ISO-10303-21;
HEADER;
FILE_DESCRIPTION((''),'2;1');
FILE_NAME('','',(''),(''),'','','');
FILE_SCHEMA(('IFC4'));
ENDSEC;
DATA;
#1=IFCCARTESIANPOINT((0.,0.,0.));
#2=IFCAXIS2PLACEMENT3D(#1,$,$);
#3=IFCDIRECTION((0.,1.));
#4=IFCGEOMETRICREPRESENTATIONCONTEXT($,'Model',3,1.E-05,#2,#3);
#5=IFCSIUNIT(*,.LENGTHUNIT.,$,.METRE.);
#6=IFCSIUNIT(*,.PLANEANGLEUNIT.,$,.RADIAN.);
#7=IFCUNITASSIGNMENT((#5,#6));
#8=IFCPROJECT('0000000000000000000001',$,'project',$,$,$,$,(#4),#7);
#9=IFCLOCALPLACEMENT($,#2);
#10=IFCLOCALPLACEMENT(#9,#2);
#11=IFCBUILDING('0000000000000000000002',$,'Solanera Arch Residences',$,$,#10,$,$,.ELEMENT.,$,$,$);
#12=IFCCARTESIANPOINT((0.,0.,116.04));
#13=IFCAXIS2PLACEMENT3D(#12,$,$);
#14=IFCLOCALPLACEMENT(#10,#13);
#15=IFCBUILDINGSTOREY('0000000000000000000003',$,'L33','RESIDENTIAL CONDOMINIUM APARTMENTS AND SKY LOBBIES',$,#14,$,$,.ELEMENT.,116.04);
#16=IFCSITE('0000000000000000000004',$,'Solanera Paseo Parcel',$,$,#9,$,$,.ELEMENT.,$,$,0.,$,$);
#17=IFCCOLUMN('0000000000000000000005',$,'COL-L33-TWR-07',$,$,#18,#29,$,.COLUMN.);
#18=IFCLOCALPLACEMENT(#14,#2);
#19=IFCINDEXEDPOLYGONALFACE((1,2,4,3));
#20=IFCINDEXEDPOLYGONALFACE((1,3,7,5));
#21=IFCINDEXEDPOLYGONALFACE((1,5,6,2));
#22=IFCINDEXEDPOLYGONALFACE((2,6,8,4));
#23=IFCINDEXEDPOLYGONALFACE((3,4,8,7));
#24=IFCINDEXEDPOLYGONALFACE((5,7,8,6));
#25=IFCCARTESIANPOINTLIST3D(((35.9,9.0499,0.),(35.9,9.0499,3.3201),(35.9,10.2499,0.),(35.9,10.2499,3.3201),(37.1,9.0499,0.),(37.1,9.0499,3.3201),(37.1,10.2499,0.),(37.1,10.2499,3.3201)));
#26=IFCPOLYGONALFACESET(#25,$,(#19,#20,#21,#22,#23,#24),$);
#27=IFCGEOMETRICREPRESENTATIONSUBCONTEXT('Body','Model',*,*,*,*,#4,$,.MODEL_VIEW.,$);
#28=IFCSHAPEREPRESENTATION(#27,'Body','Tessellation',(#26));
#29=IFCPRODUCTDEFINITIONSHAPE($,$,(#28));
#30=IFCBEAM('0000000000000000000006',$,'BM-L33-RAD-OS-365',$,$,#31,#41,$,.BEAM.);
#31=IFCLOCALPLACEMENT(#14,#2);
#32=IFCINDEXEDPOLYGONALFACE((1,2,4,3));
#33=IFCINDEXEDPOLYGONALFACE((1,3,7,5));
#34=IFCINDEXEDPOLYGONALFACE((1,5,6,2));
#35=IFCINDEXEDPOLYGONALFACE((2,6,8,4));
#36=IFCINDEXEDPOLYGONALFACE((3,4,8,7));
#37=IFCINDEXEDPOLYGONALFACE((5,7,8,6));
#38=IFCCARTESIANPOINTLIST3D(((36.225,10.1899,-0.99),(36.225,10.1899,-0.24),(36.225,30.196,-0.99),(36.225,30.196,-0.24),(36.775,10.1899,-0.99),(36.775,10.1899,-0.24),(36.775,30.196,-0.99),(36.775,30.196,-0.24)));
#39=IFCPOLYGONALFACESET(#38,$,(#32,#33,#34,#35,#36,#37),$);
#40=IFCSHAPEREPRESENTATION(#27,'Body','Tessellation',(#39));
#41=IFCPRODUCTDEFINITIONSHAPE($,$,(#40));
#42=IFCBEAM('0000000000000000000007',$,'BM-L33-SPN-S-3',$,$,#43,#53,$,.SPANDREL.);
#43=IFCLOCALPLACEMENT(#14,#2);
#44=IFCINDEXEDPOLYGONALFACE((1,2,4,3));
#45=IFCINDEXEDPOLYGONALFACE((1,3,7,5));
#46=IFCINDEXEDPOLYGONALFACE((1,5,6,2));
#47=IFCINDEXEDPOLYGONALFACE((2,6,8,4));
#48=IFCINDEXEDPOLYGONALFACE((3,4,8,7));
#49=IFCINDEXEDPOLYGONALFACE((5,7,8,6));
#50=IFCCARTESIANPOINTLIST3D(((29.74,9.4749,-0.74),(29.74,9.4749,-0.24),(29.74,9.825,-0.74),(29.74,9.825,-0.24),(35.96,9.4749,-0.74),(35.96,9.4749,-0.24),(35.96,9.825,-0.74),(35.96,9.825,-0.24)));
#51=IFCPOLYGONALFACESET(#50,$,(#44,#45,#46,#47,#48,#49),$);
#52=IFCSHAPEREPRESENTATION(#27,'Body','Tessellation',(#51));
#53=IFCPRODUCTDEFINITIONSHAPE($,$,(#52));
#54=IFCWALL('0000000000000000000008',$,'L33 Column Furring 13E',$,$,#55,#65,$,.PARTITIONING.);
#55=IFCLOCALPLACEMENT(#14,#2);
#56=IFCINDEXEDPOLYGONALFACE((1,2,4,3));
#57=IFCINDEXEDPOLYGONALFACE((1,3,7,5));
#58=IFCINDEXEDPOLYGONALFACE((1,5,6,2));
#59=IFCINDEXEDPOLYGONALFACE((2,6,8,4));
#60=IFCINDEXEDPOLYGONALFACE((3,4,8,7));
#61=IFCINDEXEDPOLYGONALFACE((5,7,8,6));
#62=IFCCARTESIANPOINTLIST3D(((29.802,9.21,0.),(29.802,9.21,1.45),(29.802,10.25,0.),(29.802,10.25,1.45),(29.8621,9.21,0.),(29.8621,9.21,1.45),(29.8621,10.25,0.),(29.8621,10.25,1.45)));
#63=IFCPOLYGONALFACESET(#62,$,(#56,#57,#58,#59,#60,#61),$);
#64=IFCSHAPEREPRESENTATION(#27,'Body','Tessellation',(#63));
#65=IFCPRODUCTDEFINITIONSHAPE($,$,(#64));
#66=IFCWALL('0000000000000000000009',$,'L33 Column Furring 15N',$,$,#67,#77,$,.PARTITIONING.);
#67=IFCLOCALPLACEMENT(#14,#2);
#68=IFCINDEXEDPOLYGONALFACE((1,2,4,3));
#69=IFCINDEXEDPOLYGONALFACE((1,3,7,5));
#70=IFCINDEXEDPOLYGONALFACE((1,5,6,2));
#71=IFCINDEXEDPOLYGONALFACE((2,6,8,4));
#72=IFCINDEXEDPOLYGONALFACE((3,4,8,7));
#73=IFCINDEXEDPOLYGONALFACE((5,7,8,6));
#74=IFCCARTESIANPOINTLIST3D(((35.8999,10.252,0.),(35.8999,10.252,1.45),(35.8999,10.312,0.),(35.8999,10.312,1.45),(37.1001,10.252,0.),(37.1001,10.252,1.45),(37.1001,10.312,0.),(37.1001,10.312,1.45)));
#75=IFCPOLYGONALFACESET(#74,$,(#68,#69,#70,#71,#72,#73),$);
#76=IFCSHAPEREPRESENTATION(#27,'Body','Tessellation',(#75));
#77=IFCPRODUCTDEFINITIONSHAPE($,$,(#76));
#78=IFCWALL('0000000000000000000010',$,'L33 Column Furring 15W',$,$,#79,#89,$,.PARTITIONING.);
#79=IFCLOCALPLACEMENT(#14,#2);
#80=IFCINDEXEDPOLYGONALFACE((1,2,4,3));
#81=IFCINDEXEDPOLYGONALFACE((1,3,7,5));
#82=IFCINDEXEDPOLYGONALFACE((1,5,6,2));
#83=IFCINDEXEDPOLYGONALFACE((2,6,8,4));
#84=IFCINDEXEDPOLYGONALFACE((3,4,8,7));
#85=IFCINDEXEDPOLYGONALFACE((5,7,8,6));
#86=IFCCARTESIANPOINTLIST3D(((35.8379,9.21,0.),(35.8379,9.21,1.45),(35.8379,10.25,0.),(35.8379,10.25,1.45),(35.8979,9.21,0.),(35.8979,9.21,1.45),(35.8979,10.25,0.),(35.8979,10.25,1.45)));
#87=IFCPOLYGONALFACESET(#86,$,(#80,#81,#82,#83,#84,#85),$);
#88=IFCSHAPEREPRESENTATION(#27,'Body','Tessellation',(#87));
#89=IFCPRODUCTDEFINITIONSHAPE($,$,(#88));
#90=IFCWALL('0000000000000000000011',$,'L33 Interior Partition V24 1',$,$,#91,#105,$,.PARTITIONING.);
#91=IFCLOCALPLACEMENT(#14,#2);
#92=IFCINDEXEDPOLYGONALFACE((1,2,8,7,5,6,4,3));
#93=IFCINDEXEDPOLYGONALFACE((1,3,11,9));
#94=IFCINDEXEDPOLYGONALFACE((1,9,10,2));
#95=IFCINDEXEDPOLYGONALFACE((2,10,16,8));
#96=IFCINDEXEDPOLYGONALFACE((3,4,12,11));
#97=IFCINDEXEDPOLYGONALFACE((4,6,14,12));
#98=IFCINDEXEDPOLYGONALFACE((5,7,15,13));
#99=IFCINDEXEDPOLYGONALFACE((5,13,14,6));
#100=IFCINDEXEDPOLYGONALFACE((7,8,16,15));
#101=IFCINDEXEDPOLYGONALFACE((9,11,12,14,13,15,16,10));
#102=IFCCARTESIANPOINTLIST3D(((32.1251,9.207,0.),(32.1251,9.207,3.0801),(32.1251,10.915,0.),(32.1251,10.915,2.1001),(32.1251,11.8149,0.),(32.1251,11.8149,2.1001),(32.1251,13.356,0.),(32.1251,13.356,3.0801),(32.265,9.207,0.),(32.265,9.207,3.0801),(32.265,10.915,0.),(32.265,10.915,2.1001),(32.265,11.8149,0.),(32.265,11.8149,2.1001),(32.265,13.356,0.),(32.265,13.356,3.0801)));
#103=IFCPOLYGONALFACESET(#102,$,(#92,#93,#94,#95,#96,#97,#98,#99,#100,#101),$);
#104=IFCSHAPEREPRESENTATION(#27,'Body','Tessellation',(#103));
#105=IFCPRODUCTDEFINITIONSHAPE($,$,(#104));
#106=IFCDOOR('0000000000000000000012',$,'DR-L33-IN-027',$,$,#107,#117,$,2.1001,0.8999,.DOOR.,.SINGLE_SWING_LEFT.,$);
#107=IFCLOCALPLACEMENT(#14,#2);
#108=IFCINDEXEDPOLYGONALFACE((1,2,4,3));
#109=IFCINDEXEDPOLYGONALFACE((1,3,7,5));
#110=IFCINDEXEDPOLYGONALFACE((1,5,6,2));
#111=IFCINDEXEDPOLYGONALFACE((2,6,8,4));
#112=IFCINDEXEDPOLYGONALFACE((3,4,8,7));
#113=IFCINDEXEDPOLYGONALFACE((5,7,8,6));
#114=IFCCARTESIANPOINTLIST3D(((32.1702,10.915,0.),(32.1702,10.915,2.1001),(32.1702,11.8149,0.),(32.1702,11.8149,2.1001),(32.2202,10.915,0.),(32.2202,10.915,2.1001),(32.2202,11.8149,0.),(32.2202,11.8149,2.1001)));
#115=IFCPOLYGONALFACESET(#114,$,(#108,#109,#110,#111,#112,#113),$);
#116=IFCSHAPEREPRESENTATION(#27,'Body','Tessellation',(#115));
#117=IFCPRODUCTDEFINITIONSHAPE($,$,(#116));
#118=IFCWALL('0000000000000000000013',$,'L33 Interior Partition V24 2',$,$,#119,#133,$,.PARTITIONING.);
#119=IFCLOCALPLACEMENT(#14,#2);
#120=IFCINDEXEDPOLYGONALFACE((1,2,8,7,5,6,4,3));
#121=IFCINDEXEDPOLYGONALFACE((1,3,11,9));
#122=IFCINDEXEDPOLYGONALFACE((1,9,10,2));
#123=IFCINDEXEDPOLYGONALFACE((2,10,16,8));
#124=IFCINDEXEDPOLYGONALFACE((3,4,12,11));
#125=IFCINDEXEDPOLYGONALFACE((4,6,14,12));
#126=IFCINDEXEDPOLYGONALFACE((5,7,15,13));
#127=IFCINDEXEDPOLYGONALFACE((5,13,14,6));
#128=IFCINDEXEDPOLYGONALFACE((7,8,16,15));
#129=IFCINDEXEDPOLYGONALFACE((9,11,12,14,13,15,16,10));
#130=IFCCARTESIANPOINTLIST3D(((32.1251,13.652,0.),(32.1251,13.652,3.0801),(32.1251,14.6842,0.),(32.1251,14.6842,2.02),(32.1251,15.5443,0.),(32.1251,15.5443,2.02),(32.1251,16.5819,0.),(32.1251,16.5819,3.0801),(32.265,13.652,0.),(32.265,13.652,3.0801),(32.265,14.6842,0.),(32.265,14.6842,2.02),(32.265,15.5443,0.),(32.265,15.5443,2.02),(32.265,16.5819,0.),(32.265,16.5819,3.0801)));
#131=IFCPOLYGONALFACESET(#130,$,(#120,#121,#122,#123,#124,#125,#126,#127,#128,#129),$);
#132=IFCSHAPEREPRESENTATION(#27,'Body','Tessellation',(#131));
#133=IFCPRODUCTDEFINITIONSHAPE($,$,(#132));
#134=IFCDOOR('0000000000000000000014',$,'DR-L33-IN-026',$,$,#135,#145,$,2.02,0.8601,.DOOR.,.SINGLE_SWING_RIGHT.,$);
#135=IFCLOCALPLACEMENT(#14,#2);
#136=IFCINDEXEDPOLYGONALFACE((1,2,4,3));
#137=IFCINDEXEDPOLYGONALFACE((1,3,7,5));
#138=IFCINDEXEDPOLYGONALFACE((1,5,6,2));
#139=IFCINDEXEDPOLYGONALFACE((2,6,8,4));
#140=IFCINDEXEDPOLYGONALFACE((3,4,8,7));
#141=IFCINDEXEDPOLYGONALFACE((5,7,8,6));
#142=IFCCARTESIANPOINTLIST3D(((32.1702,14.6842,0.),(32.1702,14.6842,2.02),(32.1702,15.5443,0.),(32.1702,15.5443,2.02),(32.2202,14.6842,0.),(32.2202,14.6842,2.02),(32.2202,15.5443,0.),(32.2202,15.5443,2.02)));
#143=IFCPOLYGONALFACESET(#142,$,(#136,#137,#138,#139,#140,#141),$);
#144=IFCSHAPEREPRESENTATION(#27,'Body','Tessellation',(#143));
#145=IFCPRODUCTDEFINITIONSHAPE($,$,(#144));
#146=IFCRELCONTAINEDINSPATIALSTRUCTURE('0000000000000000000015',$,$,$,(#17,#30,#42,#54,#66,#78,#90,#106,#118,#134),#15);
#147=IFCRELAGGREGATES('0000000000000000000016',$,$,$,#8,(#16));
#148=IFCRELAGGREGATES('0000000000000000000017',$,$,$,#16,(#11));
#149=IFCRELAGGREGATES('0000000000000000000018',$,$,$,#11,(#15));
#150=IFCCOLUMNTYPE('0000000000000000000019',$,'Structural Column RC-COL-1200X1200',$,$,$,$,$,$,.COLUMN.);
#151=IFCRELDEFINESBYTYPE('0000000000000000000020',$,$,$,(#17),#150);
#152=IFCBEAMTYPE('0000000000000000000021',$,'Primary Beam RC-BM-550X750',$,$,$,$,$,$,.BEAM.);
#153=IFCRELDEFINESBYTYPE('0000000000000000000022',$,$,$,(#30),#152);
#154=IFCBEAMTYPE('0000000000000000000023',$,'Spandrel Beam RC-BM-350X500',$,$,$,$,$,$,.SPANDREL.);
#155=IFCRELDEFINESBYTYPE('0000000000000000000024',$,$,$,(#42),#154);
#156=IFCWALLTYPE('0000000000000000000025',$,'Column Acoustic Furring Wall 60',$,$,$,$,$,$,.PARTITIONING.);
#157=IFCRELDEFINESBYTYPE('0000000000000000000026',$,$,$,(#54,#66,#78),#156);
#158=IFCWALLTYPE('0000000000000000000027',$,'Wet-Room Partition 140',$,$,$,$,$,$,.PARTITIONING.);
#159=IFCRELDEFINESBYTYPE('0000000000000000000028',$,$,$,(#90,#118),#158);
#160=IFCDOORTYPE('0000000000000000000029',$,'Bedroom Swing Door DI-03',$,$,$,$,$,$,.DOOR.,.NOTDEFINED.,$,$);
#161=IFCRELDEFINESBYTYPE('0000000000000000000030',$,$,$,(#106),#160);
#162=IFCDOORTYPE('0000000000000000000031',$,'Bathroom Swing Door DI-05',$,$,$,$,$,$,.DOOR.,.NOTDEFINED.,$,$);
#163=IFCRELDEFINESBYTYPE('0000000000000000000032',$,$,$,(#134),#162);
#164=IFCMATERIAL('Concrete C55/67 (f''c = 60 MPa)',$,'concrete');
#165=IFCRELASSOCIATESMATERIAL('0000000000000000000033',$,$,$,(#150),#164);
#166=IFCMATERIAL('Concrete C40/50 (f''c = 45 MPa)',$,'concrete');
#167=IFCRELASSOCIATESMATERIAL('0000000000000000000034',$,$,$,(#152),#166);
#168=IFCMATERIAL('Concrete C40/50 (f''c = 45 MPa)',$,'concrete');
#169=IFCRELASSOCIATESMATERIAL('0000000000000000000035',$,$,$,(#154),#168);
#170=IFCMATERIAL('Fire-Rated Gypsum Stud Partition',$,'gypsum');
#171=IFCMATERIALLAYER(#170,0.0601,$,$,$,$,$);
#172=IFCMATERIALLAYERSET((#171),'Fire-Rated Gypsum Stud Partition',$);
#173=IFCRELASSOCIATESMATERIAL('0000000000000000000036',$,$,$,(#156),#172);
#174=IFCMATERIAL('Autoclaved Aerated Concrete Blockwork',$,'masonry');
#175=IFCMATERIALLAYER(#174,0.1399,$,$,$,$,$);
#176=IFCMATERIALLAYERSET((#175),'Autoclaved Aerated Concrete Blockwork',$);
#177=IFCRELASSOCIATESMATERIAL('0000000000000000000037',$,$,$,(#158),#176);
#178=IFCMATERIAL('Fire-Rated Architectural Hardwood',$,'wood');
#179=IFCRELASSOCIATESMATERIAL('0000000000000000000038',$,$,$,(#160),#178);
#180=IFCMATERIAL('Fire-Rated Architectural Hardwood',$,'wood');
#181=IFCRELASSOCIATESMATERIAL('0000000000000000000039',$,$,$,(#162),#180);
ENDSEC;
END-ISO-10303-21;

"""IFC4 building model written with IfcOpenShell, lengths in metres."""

from ifc_helpers import new_model, si_unit, direction, frame, frame_2d, origin, origin_2d, place, context, subcontext, project, spatial, rectangle, extrude, material, layer, layer_set, material_profile, profile_set, type_object, element, fill, save


model = new_model("IFC4")

# Units and contexts
model_context = context("Model", 3, precision=1e-05, world=origin(), true_north=direction((0.0, 1.0)))
body_context = subcontext(model_context, "Body", "Model", "MODEL_VIEW")
ifc_project = project(units=[si_unit("LENGTHUNIT", "METRE"), si_unit("PLANEANGLEUNIT", "RADIAN")], contexts=[model_context])

# Site, building, storey
site_placement = place(None, origin())
site = spatial("IfcSite", under=ifc_project, at=site_placement, Name="Solanera Paseo Parcel", CompositionType="ELEMENT", RefElevation=0.0)
building_placement = place(site_placement, origin())
building = spatial("IfcBuilding", under=site, at=building_placement, Name="Solanera Arch Residences", CompositionType="ELEMENT")
storey_placement = place(building_placement, frame((0.0, 0.0, 116.04)))
storey = spatial("IfcBuildingStorey", under=building, at=storey_placement, Name="L33", Description="RESIDENTIAL CONDOMINIUM APARTMENTS AND SKY LOBBIES", CompositionType="ELEMENT", Elevation=116.04)

# Column
ifc_material_1 = material(Name="Concrete C55/67 (f'c = 60 MPa)", Category="concrete")
ifc_material_profile_1 = material_profile(ifc_material_1, rectangle(XDim=1.2, YDim=1.2, at=origin_2d()))
ifc_profile_set_1 = profile_set([ifc_material_profile_1], Name="Concrete C55/67 (f'c = 60 MPa)")
column_type = type_object("IfcColumnType", Name="Structural Column RC-COL-1200X1200", PredefinedType="COLUMN", material=ifc_profile_set_1)
column_placement = place(storey_placement, frame((36.5, 9.6499, 0.0), z_axis=(0.0, 0.0, 1.0), x_axis=(1.0, 0.0, 0.0)))
element("IfcColumn", 1, at=column_placement, inside=storey, type_object=column_type, Name="COL-L33-TWR-07", PredefinedType="COLUMN", context=body_context, shape_type="SweptSolid", body=[
    extrude(rectangle(XDim=1.2, YDim=1.2, at=origin_2d()), origin(), (0.0, 0.0, 1.0), 3.3201),
])

# Beams
ifc_material_2 = material(Name="Concrete C40/50 (f'c = 45 MPa)", Category="concrete")
ifc_material_profile_2 = material_profile(ifc_material_2, rectangle(XDim=0.55, YDim=0.75, at=origin_2d()))
ifc_profile_set_2 = profile_set([ifc_material_profile_2], Name="Concrete C40/50 (f'c = 45 MPa)")
beam_type_1 = type_object("IfcBeamType", Name="Primary Beam RC-BM-550X750", PredefinedType="BEAM", material=ifc_profile_set_2)
beam_1_placement = place(storey_placement, frame((36.5, 10.1899, -0.615), z_axis=(0.0, 1.0, 0.0), x_axis=(-1.0, 0.0, 0.0)))
element("IfcBeam", 2, at=beam_1_placement, inside=storey, type_object=beam_type_1, Name="BM-L33-RAD-OS-365", PredefinedType="BEAM", context=body_context, shape_type="SweptSolid", body=[
    extrude(rectangle(XDim=0.55, YDim=0.75, at=origin_2d()), origin(), (0.0, 0.0, 1.0), 20.0061),
])
ifc_material_3 = material(Name="Concrete C40/50 (f'c = 45 MPa)", Category="concrete")
ifc_material_profile_3 = material_profile(ifc_material_3, rectangle(XDim=0.3501, YDim=0.5, at=origin_2d()))
ifc_profile_set_3 = profile_set([ifc_material_profile_3], Name="Concrete C40/50 (f'c = 45 MPa)")
beam_type_2 = type_object("IfcBeamType", Name="Spandrel Beam RC-BM-350X500", PredefinedType="SPANDREL", material=ifc_profile_set_3)
beam_2_placement = place(storey_placement, frame((29.74, 9.6499, -0.49), z_axis=(1.0, 0.0, 0.0), x_axis=(0.0, 1.0, 0.0)))
element("IfcBeam", 3, at=beam_2_placement, inside=storey, type_object=beam_type_2, Name="BM-L33-SPN-S-3", PredefinedType="SPANDREL", context=body_context, shape_type="SweptSolid", body=[
    extrude(rectangle(XDim=0.3501, YDim=0.5, at=origin_2d()), origin(), (0.0, 0.0, 1.0), 6.22),
])

# Walls
ifc_material_4 = material(Name="Fire-Rated Gypsum Stud Partition", Category="gypsum")
ifc_layer_1 = layer(ifc_material_4, 0.0601)
ifc_layer_set_1 = layer_set([ifc_layer_1], Name="Fire-Rated Gypsum Stud Partition")
wall_type_1 = type_object("IfcWallType", Name="Column Acoustic Furring Wall 60", PredefinedType="PARTITIONING", material=ifc_layer_set_1)
wall_1_placement = place(storey_placement, frame((29.832, 9.21, 0.0), z_axis=(0.0, 0.0, 1.0), x_axis=(0.0, 1.0, 0.0)))
element("IfcWall", 4, at=wall_1_placement, inside=storey, type_object=wall_type_1, Name="L33 Column Furring 13E", PredefinedType="PARTITIONING", context=body_context, shape_type="SweptSolid", body=[
    extrude(rectangle(XDim=1.04, YDim=0.0601, at=frame_2d((0.52, 0.0))), origin(), (0.0, 0.0, 1.0), 1.45),
])
wall_2_placement = place(storey_placement, frame((35.8999, 10.282, 0.0), z_axis=(0.0, 0.0, 1.0), x_axis=(1.0, 0.0, 0.0)))
element("IfcWall", 5, at=wall_2_placement, inside=storey, type_object=wall_type_1, Name="L33 Column Furring 15N", PredefinedType="PARTITIONING", context=body_context, shape_type="SweptSolid", body=[
    extrude(rectangle(XDim=1.2002, YDim=0.0601, at=frame_2d((0.6001, 0.0))), origin(), (0.0, 0.0, 1.0), 1.45),
])
wall_3_placement = place(storey_placement, frame((35.8679, 9.21, 0.0), z_axis=(0.0, 0.0, 1.0), x_axis=(0.0, 1.0, 0.0)))
element("IfcWall", 6, at=wall_3_placement, inside=storey, type_object=wall_type_1, Name="L33 Column Furring 15W", PredefinedType="PARTITIONING", context=body_context, shape_type="SweptSolid", body=[
    extrude(rectangle(XDim=1.04, YDim=0.0601, at=frame_2d((0.52, 0.0))), origin(), (0.0, 0.0, 1.0), 1.45),
])

# Walls, openings, doors
ifc_material_5 = material(Name="Autoclaved Aerated Concrete Blockwork", Category="masonry")
ifc_layer_2 = layer(ifc_material_5, 0.1399)
ifc_layer_set_2 = layer_set([ifc_layer_2], Name="Autoclaved Aerated Concrete Blockwork")
wall_type_2 = type_object("IfcWallType", Name="Wet-Room Partition 140", PredefinedType="PARTITIONING", material=ifc_layer_set_2)
wall_4_placement = place(storey_placement, frame((32.1951, 9.207, 0.0), z_axis=(0.0, 0.0, 1.0), x_axis=(0.0, 1.0, 0.0)))
wall_4 = element("IfcWall", 7, at=wall_4_placement, inside=storey, type_object=wall_type_2, Name="L33 Interior Partition V24 1", PredefinedType="PARTITIONING", context=body_context, shape_type="SweptSolid", body=[
    extrude(rectangle(XDim=4.1489, YDim=0.1399, at=frame_2d((2.0745, 0.0))), origin(), (0.0, 0.0, 1.0), 3.0801),
])
opening_1_placement = place(wall_4_placement, frame((1.708, 0.0, 0.0)))
opening_1 = element("IfcOpeningElement", 8, at=opening_1_placement, cuts=wall_4, PredefinedType="OPENING", context=body_context, shape_type="SweptSolid", body=[
    extrude(rectangle(XDim=0.8999, YDim=2.1001, at=frame_2d((0.45, 1.05))), frame((0.0, 0.0798, 0.0), z_axis=(0.0, -1.0, 0.0), x_axis=(1.0, 0.0, 0.0)), (0.0, 0.0, 1.0), 0.1599),
])
ifc_material_6 = material(Name="Fire-Rated Architectural Hardwood", Category="wood")
door_type_1 = type_object("IfcDoorType", Name="Bedroom Swing Door DI-03", OperationType="NOTDEFINED", PredefinedType="DOOR", material=ifc_material_6)
door_1_placement = place(opening_1_placement, origin())
door_1 = element("IfcDoor", 9, at=door_1_placement, inside=storey, type_object=door_type_1, Name="DR-L33-IN-027", OperationType="SINGLE_SWING_LEFT", OverallHeight=2.1001, OverallWidth=0.8999, PredefinedType="DOOR", context=body_context, shape_type="SweptSolid", body=[
    extrude(rectangle(XDim=0.8999, YDim=2.1001, at=frame_2d((0.45, 1.05))), frame((0.0, 0.0249, 0.0), z_axis=(0.0, -1.0, 0.0), x_axis=(1.0, 0.0, 0.0)), (0.0, 0.0, 1.0), 0.05),
])
fill(opening_1, door_1)
wall_5_placement = place(storey_placement, frame((32.1951, 13.6521, 0.0), z_axis=(0.0, 0.0, 1.0), x_axis=(0.0, 1.0, 0.0)))
wall_5 = element("IfcWall", 10, at=wall_5_placement, inside=storey, type_object=wall_type_2, Name="L33 Interior Partition V24 2", PredefinedType="PARTITIONING", context=body_context, shape_type="SweptSolid", body=[
    extrude(rectangle(XDim=2.9299, YDim=0.1399, at=frame_2d((1.4648, 0.0))), origin(), (0.0, 0.0, 1.0), 3.0801),
])
opening_2_placement = place(wall_5_placement, frame((1.032, 0.0, 0.0)))
opening_2 = element("IfcOpeningElement", 11, at=opening_2_placement, cuts=wall_5, PredefinedType="OPENING", context=body_context, shape_type="SweptSolid", body=[
    extrude(rectangle(XDim=0.8601, YDim=2.02, at=frame_2d((0.4302, 1.01))), frame((0.0, 0.0798, 0.0), z_axis=(0.0, -1.0, 0.0), x_axis=(1.0, 0.0, 0.0)), (0.0, 0.0, 1.0), 0.1599),
])
ifc_material_7 = material(Name="Fire-Rated Architectural Hardwood", Category="wood")
door_type_2 = type_object("IfcDoorType", Name="Bathroom Swing Door DI-05", OperationType="NOTDEFINED", PredefinedType="DOOR", material=ifc_material_7)
door_2_placement = place(opening_2_placement, origin())
door_2 = element("IfcDoor", 12, at=door_2_placement, inside=storey, type_object=door_type_2, Name="DR-L33-IN-026", OperationType="SINGLE_SWING_RIGHT", OverallHeight=2.02, OverallWidth=0.8601, PredefinedType="DOOR", context=body_context, shape_type="SweptSolid", body=[
    extrude(rectangle(XDim=0.8601, YDim=2.02, at=frame_2d((0.4302, 1.01))), frame((0.0, 0.0249, 0.0), z_axis=(0.0, -1.0, 0.0), x_axis=(1.0, 0.0, 0.0)), (0.0, 0.0, 1.0), 0.05),
])
fill(opening_2, door_2)

save(model, "model.ifc")
